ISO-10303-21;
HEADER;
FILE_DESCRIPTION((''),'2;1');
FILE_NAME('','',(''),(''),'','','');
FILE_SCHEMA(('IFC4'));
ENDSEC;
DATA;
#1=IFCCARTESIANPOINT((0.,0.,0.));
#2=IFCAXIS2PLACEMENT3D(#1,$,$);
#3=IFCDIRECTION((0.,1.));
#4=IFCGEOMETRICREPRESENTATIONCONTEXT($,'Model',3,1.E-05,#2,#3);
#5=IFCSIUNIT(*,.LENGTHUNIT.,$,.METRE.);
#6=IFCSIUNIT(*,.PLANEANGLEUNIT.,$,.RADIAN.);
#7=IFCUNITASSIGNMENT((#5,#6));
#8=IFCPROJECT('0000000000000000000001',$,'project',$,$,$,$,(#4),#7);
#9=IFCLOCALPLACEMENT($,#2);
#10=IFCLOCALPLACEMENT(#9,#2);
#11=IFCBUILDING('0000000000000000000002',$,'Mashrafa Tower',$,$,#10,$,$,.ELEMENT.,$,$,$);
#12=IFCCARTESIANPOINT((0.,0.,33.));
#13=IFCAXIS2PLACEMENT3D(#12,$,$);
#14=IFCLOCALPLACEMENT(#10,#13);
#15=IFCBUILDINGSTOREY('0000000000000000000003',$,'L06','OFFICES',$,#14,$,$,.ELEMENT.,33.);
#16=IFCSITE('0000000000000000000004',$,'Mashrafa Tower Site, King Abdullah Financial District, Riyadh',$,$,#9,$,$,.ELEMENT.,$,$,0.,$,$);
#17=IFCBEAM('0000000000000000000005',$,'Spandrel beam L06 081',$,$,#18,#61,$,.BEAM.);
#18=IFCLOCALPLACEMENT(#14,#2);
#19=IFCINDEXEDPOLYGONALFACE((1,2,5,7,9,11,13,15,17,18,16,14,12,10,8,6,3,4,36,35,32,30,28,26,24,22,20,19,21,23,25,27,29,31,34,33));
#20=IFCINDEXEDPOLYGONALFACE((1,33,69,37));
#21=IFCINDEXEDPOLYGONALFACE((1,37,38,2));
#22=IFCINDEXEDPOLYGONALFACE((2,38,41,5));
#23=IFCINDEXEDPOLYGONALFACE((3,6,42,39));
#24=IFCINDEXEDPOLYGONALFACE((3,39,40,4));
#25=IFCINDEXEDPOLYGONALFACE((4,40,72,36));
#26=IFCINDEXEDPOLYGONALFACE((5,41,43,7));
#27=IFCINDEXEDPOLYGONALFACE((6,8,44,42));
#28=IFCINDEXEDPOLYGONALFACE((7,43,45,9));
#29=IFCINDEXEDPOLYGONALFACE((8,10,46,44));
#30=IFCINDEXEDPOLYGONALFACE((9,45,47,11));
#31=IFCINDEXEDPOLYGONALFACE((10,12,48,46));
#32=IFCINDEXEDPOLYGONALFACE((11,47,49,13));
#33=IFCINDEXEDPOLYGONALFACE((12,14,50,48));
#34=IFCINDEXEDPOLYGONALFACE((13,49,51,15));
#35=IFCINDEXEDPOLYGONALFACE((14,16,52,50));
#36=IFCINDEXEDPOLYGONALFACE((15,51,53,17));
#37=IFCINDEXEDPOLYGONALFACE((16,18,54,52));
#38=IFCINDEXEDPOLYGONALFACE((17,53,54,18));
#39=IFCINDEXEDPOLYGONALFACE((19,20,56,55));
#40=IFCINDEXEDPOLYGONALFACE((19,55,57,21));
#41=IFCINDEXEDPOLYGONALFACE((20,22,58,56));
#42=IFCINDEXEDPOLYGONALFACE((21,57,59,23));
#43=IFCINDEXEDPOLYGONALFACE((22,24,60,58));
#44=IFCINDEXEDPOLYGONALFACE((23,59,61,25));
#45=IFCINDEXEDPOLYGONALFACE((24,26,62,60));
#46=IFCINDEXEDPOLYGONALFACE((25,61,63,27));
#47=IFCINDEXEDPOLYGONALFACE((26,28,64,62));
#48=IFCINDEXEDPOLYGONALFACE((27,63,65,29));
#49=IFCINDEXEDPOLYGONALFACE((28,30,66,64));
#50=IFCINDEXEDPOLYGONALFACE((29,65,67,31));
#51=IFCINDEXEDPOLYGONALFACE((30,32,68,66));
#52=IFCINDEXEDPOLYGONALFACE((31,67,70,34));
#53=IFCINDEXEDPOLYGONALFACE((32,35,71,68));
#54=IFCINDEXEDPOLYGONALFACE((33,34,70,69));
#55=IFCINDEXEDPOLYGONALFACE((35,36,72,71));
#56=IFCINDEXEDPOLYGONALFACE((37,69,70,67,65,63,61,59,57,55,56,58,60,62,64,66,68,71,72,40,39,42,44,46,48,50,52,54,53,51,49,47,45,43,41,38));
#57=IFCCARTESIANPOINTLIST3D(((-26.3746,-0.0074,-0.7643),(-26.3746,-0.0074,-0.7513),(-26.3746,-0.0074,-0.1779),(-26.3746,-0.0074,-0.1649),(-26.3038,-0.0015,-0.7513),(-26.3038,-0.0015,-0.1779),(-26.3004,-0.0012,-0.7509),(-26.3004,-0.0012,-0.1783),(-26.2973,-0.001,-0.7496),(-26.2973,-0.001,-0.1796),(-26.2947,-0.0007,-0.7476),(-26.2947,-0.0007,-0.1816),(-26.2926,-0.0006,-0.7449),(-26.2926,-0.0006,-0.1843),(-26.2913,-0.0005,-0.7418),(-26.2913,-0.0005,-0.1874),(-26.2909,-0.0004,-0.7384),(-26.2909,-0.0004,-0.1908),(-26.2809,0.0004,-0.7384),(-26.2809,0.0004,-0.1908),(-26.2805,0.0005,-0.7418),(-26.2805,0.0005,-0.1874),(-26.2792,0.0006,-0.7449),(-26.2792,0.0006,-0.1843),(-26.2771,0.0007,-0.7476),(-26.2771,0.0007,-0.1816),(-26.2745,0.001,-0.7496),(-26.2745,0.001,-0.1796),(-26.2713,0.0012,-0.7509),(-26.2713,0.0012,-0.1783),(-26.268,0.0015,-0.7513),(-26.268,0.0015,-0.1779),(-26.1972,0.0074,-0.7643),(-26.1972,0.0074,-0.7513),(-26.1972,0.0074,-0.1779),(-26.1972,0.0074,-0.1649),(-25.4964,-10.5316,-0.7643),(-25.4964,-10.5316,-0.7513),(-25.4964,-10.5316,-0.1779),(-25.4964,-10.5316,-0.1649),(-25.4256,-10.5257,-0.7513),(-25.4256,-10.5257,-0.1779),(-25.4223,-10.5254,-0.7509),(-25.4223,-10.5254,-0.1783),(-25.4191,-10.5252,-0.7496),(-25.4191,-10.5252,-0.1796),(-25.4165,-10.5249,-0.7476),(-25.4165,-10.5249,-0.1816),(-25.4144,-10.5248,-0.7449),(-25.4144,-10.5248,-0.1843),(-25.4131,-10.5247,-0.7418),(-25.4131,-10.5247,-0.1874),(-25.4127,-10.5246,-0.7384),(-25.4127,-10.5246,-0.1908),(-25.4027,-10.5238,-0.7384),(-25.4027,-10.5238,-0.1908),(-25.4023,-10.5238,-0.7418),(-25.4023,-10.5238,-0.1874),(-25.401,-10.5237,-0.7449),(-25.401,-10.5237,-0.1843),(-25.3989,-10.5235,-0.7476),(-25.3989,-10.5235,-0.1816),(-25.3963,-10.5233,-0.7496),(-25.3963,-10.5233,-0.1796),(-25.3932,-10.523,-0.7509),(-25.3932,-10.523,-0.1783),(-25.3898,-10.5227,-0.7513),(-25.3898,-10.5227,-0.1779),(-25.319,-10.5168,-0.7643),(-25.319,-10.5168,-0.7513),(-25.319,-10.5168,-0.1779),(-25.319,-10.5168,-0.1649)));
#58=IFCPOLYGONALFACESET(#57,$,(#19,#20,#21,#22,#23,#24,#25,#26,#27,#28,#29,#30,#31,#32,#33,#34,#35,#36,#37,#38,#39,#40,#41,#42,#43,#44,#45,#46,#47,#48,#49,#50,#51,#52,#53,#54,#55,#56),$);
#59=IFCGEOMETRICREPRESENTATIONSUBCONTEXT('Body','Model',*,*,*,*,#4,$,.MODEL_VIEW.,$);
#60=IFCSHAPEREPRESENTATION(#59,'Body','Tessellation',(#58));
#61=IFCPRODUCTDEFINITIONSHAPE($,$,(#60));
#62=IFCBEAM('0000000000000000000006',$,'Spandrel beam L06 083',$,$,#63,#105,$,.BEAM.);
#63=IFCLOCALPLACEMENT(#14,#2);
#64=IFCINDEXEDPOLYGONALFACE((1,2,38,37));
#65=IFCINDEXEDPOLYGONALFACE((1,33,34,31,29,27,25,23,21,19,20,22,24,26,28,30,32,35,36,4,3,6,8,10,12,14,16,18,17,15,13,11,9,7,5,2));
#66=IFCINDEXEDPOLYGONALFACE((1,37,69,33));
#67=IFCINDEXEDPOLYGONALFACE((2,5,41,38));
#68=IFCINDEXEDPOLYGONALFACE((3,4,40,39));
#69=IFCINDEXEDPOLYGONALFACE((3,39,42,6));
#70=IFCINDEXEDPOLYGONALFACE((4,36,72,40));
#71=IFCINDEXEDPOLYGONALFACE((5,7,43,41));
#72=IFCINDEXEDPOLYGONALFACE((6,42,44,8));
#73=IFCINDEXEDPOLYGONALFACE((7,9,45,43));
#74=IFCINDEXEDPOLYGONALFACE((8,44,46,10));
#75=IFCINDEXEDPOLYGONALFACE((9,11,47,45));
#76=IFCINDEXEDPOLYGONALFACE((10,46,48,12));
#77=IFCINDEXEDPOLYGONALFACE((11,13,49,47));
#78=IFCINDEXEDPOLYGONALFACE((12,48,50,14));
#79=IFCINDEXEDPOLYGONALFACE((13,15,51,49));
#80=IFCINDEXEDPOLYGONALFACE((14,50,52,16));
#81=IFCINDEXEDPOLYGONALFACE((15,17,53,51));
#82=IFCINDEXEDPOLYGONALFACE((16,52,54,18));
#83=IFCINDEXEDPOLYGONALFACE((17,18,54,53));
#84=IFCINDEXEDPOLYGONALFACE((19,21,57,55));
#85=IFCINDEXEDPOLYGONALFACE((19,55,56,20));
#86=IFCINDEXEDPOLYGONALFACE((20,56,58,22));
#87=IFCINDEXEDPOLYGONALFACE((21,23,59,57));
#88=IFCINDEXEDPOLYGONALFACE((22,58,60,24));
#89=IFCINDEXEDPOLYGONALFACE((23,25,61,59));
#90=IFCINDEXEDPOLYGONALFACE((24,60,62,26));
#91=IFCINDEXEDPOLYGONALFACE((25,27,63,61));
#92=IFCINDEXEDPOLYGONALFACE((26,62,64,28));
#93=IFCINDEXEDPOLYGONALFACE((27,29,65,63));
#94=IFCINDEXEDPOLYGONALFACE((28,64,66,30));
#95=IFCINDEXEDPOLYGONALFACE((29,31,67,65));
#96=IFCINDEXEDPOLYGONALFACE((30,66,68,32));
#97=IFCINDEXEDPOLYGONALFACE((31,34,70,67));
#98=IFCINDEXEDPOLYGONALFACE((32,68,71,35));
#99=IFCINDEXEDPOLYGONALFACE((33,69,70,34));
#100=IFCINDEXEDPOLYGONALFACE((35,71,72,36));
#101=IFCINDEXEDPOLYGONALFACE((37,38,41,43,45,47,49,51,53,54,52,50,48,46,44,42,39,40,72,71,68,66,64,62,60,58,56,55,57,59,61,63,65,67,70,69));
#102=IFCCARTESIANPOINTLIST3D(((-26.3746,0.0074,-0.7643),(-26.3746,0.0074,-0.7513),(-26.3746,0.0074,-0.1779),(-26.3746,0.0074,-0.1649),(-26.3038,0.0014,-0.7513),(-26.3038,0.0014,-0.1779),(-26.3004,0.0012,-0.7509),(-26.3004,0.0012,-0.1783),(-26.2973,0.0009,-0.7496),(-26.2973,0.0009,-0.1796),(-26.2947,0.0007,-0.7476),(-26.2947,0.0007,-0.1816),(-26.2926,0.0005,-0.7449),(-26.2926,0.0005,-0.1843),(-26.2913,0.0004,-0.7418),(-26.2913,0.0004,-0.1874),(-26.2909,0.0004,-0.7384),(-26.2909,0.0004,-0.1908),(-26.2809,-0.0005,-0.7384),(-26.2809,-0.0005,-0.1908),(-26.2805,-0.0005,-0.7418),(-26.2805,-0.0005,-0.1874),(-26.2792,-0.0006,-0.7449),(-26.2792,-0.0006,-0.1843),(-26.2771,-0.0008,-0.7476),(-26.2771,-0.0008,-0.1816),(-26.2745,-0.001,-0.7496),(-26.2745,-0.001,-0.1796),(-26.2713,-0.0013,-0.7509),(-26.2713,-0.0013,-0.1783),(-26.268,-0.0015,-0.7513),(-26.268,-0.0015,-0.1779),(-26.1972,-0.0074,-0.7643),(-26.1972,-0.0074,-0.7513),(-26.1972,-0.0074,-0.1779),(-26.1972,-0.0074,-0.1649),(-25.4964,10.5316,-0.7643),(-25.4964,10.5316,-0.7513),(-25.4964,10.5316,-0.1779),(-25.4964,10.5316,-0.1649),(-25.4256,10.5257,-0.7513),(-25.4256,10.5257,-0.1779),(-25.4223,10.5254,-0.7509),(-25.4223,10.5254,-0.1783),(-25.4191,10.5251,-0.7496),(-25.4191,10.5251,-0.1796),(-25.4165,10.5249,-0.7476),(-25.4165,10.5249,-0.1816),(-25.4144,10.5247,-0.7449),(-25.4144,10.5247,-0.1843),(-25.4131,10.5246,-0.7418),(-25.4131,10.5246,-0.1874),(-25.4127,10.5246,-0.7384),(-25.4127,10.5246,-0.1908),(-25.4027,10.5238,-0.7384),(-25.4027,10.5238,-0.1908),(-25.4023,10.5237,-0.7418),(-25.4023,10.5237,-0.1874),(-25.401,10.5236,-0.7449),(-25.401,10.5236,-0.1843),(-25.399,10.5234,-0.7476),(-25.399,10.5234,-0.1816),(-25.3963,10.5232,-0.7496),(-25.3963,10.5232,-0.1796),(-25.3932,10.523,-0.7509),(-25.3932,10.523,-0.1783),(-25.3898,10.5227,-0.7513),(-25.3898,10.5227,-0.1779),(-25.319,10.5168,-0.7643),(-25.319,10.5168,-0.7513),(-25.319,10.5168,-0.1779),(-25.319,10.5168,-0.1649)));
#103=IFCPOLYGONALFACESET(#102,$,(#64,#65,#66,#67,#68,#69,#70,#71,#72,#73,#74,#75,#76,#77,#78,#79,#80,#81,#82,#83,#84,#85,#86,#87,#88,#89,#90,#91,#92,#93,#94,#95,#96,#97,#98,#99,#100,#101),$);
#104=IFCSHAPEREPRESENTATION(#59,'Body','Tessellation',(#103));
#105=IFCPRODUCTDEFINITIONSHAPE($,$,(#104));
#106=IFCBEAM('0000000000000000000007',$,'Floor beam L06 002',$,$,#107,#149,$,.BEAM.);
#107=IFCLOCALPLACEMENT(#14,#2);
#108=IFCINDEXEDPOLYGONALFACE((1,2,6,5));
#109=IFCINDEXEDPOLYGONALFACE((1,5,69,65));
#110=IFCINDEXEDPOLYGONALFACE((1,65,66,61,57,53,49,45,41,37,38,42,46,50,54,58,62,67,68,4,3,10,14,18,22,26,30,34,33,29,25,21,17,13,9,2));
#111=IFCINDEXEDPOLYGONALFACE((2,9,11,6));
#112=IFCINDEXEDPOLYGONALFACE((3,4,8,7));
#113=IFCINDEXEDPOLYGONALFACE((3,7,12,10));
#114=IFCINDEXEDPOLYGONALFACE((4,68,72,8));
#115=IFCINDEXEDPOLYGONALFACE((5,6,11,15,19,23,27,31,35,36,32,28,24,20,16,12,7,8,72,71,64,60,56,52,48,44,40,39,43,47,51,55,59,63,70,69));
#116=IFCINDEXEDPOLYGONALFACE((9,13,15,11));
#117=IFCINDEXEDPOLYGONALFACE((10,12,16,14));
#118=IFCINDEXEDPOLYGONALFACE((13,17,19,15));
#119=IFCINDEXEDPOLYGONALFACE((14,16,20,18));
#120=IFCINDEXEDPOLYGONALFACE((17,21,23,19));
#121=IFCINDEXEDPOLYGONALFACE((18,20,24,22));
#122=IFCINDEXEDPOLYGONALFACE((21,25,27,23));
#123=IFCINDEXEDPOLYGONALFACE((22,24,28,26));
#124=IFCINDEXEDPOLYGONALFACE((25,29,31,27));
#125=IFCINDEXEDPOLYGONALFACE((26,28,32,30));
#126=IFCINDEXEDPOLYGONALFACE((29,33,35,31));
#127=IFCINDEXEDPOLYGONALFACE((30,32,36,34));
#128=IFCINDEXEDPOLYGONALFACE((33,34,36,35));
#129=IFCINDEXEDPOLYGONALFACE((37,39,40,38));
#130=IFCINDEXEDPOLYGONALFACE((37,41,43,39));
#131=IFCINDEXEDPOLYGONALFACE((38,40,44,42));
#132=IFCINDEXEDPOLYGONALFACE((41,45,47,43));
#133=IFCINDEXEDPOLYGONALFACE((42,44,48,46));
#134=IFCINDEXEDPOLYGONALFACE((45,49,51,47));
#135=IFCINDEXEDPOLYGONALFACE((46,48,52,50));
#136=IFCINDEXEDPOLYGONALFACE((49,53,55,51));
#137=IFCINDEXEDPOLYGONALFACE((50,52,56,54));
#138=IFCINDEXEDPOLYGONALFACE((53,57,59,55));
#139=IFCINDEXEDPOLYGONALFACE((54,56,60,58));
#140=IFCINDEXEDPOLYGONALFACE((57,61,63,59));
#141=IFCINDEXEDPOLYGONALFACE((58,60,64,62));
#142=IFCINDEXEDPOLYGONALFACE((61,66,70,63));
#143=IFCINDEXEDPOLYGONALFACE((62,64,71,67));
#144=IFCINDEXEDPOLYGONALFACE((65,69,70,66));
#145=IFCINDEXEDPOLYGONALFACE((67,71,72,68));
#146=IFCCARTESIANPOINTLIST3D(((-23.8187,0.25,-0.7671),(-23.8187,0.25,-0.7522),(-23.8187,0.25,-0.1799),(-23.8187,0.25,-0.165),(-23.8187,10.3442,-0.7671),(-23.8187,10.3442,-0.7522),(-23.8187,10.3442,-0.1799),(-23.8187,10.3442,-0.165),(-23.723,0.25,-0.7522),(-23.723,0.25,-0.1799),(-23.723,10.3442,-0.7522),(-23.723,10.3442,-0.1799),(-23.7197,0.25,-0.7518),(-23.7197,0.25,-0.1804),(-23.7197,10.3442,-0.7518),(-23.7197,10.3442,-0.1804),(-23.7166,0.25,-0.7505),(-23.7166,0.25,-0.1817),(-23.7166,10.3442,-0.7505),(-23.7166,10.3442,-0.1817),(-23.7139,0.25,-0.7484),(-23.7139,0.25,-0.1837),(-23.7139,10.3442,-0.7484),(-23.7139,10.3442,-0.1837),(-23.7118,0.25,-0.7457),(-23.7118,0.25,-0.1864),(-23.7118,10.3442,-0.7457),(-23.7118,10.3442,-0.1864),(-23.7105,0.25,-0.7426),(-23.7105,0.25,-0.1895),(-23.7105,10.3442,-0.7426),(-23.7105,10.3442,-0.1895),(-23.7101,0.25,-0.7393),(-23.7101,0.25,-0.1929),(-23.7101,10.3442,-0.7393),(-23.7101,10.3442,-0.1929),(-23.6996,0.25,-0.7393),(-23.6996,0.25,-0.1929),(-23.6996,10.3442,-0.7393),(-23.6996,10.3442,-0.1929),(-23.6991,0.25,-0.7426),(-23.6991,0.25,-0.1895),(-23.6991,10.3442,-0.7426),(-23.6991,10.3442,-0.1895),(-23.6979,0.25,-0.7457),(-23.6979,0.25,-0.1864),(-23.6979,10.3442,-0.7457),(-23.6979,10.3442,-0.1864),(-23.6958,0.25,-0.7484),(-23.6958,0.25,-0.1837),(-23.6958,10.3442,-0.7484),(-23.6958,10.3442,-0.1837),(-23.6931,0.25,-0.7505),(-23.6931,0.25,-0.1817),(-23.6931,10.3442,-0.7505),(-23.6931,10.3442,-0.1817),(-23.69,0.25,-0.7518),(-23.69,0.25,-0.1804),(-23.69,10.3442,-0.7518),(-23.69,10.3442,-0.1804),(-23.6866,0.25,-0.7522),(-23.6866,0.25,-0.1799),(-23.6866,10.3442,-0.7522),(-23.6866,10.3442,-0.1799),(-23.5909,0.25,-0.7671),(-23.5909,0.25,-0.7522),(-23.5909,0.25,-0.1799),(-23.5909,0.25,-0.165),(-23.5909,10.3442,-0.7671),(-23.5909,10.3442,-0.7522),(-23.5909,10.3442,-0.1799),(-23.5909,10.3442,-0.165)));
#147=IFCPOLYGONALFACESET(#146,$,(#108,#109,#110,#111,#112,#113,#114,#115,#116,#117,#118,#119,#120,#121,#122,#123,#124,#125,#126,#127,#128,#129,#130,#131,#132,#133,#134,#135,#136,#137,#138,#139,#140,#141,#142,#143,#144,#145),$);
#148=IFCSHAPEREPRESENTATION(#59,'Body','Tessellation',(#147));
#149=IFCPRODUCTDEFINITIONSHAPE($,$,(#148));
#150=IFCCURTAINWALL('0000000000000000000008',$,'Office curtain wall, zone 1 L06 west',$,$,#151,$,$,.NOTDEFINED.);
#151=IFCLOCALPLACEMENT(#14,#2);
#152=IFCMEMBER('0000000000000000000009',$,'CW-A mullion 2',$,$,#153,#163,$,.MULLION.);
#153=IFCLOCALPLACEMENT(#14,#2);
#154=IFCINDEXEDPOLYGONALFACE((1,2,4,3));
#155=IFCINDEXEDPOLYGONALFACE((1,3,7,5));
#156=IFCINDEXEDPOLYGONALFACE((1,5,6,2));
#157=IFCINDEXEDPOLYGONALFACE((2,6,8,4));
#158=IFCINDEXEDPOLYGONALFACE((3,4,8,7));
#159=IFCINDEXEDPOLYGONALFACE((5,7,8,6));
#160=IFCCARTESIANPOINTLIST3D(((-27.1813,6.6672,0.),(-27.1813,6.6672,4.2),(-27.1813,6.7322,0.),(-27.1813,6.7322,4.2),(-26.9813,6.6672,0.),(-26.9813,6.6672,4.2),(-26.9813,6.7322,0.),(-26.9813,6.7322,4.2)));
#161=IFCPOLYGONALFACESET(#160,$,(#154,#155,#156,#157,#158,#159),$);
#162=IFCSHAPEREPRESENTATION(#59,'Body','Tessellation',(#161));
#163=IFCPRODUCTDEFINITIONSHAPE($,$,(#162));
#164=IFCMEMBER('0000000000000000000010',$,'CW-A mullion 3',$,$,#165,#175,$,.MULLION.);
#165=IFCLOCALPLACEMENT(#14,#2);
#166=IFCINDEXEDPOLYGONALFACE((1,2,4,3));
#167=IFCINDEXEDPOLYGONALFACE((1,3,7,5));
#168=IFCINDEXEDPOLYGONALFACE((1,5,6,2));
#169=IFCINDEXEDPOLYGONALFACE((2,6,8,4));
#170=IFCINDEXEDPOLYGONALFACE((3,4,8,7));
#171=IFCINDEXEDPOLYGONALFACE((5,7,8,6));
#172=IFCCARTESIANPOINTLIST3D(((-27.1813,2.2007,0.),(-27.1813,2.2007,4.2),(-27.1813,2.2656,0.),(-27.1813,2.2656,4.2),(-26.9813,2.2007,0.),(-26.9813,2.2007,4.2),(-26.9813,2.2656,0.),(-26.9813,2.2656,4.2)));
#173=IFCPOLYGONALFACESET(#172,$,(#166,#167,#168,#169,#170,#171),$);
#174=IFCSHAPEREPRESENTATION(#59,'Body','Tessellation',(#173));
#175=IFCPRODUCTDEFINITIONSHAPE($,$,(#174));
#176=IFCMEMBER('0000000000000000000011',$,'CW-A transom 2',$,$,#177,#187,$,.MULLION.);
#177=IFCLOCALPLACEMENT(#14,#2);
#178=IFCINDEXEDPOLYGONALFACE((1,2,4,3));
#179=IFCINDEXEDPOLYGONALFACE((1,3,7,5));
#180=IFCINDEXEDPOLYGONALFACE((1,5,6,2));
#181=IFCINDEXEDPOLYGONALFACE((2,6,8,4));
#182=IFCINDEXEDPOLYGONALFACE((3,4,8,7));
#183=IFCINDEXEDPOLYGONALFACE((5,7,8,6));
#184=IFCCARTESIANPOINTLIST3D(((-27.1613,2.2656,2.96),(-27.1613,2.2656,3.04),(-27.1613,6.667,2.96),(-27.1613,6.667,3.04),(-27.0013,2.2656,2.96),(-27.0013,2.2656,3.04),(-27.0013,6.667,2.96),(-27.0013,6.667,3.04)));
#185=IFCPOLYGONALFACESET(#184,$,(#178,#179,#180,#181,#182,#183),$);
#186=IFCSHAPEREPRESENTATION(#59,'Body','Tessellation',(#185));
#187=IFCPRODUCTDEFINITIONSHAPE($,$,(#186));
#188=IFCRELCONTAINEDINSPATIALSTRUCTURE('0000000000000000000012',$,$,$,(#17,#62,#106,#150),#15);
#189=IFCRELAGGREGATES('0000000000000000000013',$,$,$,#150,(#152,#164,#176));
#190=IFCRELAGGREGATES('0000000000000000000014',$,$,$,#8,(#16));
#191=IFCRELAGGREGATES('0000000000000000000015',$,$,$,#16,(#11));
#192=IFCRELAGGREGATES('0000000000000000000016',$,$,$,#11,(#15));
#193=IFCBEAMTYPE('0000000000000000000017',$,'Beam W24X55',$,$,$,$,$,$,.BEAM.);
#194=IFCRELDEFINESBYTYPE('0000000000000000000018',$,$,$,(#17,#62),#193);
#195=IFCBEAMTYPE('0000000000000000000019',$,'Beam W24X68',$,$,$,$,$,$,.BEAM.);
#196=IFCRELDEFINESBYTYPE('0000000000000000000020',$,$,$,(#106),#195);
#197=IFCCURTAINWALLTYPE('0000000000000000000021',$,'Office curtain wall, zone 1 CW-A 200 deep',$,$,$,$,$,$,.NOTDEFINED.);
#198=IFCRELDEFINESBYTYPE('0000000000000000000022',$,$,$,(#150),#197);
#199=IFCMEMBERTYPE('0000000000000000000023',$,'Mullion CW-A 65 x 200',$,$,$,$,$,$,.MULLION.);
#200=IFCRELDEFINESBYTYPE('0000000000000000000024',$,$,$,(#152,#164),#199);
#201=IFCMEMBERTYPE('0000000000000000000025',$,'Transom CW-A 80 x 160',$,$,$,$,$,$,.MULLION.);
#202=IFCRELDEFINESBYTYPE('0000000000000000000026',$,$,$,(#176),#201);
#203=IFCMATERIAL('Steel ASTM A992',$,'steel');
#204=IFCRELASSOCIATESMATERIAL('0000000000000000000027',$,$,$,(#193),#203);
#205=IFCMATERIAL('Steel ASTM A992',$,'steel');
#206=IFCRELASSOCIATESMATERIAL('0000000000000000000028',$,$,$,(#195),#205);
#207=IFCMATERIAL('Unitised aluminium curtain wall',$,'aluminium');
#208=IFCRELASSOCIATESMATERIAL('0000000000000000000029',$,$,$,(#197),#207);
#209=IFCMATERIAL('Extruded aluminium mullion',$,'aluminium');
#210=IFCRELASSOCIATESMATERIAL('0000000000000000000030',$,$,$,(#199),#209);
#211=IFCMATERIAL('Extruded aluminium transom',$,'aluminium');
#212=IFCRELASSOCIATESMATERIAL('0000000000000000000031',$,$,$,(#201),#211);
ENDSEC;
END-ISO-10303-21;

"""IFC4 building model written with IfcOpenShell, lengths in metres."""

from ifc_helpers import new_model, si_unit, direction, frame, origin, origin_2d, place, context, subcontext, project, spatial, rectangle, i_section, extrude, source, transform, mapped, material, material_profile, profile_set, type_object, type_shapes, element, aggregate, save


model = new_model("IFC4")

# Units and contexts
model_context = context("Model", 3, precision=1e-05, world=origin(), true_north=direction((0.0, 1.0)))
body_context = subcontext(model_context, "Body", "Model", "MODEL_VIEW")
ifc_project = project(units=[si_unit("LENGTHUNIT", "METRE"), si_unit("PLANEANGLEUNIT", "RADIAN")], contexts=[model_context])

# Site, building, storey
site_placement = place(None, origin())
site = spatial("IfcSite", under=ifc_project, at=site_placement, Name="Mashrafa Tower Site, King Abdullah Financial District, Riyadh", CompositionType="ELEMENT", RefElevation=0.0)
building_placement = place(site_placement, origin())
building = spatial("IfcBuilding", under=site, at=building_placement, Name="Mashrafa Tower", CompositionType="ELEMENT")
storey_placement = place(building_placement, frame((0.0, 0.0, 33.0)))
storey = spatial("IfcBuildingStorey", under=building, at=storey_placement, Name="L06", Description="OFFICES", CompositionType="ELEMENT", Elevation=33.0)

# Beams
ifc_material_1 = material(Name="Steel ASTM A992", Category="steel")
ifc_material_profile_1 = material_profile(ifc_material_1, i_section(OverallWidth=0.178, OverallDepth=0.5994, WebThickness=0.01, FlangeThickness=0.0129, FilletRadius=0.0129, at=origin_2d()), Name="W24X55")
ifc_profile_set_1 = profile_set([ifc_material_profile_1], Name="Steel ASTM A992")
beam_type_1 = type_object("IfcBeamType", Name="Beam W24X55", PredefinedType="BEAM", material=ifc_profile_set_1)
for number, where, z_axis, x_axis, name in (
    (1, (-26.2859, 0.0, -0.4646), (0.083155, -0.996537, 0.0), (0.996537, 0.083155, 0.0), "Spandrel beam L06 081"),
    (2, (-25.4077, 10.5242, -0.4646), (-0.083155, -0.996537, 0.0), (0.996537, -0.083155, 0.0), "Spandrel beam L06 083"),
):
    element("IfcBeam", number, at=place(storey_placement, frame(where, z_axis=z_axis, x_axis=x_axis)), inside=storey, type_object=beam_type_1, Name=name, PredefinedType="BEAM", context=body_context, shape_type="SweptSolid", body=[
        extrude(i_section(OverallWidth=0.178, OverallDepth=0.5994, WebThickness=0.01, FlangeThickness=0.0129, FilletRadius=0.0129, at=origin_2d()), origin(), (0.0, 0.0, 1.0), 10.5608),
    ])
ifc_material_2 = material(Name="Steel ASTM A992", Category="steel")
ifc_material_profile_2 = material_profile(ifc_material_2, i_section(OverallWidth=0.2278, OverallDepth=0.6021, WebThickness=0.0105, FlangeThickness=0.0149, FilletRadius=0.0129, at=origin_2d()), Name="W24X68")
ifc_profile_set_2 = profile_set([ifc_material_profile_2], Name="Steel ASTM A992")
beam_type_2 = type_object("IfcBeamType", Name="Beam W24X68", PredefinedType="BEAM", material=ifc_profile_set_2)
beam_1_placement = place(storey_placement, frame((-23.7048, 0.25, -0.4661), z_axis=(0.0, 1.0, 0.0), x_axis=(-1.0, 0.0, 0.0)))
element("IfcBeam", 3, at=beam_1_placement, inside=storey, type_object=beam_type_2, Name="Floor beam L06 002", PredefinedType="BEAM", context=body_context, shape_type="SweptSolid", body=[
    extrude(i_section(OverallWidth=0.2278, OverallDepth=0.6021, WebThickness=0.0105, FlangeThickness=0.0149, FilletRadius=0.0129, at=origin_2d()), origin(), (0.0, 0.0, 1.0), 10.0942),
])

# Curtain wall, members
ifc_material_3 = material(Name="Unitised aluminium curtain wall", Category="aluminium")
curtain_wall_type = type_object("IfcCurtainWallType", Name="Office curtain wall, zone 1 CW-A 200 deep", PredefinedType="NOTDEFINED", material=ifc_material_3)
curtain_wall_placement = place(storey_placement, origin())
curtain_wall = element("IfcCurtainWall", 4, at=curtain_wall_placement, inside=storey, type_object=curtain_wall_type, Name="Office curtain wall, zone 1 L06 west", PredefinedType="NOTDEFINED")
ifc_material_4 = material(Name="Extruded aluminium mullion", Category="aluminium")
ifc_material_profile_3 = material_profile(ifc_material_4, rectangle(XDim=0.2, YDim=0.0649, at=origin_2d()), Name="Mullion 65x200")
ifc_profile_set_3 = profile_set([ifc_material_profile_3], Name="Extruded aluminium mullion")
member_type_1 = type_object("IfcMemberType", Name="Mullion CW-A 65 x 200", PredefinedType="MULLION", material=ifc_profile_set_3)
shared_shape_1 = source(origin(), body_context, "Body", "SweptSolid", [
    extrude(rectangle(XDim=0.2, YDim=0.0649, at=origin_2d()), origin(), (0.0, 0.0, 1.0), 4.2),
])
type_shapes(member_type_1, [shared_shape_1])
member_1_placement = place(storey_placement, frame((-27.0813, 6.6997, 0.0), z_axis=(0.0, 0.0, 1.0), x_axis=(1.0, 0.0, 0.0)))
member_1 = element("IfcMember", 5, at=member_1_placement, type_object=member_type_1, Name="CW-A mullion 2", PredefinedType="MULLION", context=body_context, shape_type="MappedRepresentation", body=[
    mapped(shared_shape_1, transform((0.0, 0.0, 0.0))),
])
member_2_placement = place(storey_placement, frame((-27.0813, 2.2332, 0.0), z_axis=(0.0, 0.0, 1.0), x_axis=(1.0, 0.0, 0.0)))
member_2 = element("IfcMember", 6, at=member_2_placement, type_object=member_type_1, Name="CW-A mullion 3", PredefinedType="MULLION", context=body_context, shape_type="MappedRepresentation", body=[
    mapped(shared_shape_1, transform((0.0, 0.0, 0.0))),
])
ifc_material_5 = material(Name="Extruded aluminium transom", Category="aluminium")
ifc_material_profile_4 = material_profile(ifc_material_5, rectangle(XDim=0.1599, YDim=0.0801, at=origin_2d()), Name="Transom 80x160")
ifc_profile_set_4 = profile_set([ifc_material_profile_4], Name="Extruded aluminium transom")
member_type_2 = type_object("IfcMemberType", Name="Transom CW-A 80 x 160", PredefinedType="MULLION", material=ifc_profile_set_4)
shared_shape_2 = source(origin(), body_context, "Body", "SweptSolid", [
    extrude(rectangle(XDim=0.1599, YDim=0.0801, at=origin_2d()), origin(), (0.0, 0.0, 1.0), 4.4014),
])
type_shapes(member_type_2, [shared_shape_2])
member_3_placement = place(storey_placement, frame((-27.0813, 6.667, 3.0), z_axis=(0.0, -1.0, 0.0), x_axis=(1.0, 0.0, 0.0)))
member_3 = element("IfcMember", 7, at=member_3_placement, type_object=member_type_2, Name="CW-A transom 2", PredefinedType="MULLION", context=body_context, shape_type="MappedRepresentation", body=[
    mapped(shared_shape_2, transform((0.0, 0.0, 0.0))),
])
aggregate(curtain_wall, [member_1, member_2, member_3])

save(model, "model.ifc")
